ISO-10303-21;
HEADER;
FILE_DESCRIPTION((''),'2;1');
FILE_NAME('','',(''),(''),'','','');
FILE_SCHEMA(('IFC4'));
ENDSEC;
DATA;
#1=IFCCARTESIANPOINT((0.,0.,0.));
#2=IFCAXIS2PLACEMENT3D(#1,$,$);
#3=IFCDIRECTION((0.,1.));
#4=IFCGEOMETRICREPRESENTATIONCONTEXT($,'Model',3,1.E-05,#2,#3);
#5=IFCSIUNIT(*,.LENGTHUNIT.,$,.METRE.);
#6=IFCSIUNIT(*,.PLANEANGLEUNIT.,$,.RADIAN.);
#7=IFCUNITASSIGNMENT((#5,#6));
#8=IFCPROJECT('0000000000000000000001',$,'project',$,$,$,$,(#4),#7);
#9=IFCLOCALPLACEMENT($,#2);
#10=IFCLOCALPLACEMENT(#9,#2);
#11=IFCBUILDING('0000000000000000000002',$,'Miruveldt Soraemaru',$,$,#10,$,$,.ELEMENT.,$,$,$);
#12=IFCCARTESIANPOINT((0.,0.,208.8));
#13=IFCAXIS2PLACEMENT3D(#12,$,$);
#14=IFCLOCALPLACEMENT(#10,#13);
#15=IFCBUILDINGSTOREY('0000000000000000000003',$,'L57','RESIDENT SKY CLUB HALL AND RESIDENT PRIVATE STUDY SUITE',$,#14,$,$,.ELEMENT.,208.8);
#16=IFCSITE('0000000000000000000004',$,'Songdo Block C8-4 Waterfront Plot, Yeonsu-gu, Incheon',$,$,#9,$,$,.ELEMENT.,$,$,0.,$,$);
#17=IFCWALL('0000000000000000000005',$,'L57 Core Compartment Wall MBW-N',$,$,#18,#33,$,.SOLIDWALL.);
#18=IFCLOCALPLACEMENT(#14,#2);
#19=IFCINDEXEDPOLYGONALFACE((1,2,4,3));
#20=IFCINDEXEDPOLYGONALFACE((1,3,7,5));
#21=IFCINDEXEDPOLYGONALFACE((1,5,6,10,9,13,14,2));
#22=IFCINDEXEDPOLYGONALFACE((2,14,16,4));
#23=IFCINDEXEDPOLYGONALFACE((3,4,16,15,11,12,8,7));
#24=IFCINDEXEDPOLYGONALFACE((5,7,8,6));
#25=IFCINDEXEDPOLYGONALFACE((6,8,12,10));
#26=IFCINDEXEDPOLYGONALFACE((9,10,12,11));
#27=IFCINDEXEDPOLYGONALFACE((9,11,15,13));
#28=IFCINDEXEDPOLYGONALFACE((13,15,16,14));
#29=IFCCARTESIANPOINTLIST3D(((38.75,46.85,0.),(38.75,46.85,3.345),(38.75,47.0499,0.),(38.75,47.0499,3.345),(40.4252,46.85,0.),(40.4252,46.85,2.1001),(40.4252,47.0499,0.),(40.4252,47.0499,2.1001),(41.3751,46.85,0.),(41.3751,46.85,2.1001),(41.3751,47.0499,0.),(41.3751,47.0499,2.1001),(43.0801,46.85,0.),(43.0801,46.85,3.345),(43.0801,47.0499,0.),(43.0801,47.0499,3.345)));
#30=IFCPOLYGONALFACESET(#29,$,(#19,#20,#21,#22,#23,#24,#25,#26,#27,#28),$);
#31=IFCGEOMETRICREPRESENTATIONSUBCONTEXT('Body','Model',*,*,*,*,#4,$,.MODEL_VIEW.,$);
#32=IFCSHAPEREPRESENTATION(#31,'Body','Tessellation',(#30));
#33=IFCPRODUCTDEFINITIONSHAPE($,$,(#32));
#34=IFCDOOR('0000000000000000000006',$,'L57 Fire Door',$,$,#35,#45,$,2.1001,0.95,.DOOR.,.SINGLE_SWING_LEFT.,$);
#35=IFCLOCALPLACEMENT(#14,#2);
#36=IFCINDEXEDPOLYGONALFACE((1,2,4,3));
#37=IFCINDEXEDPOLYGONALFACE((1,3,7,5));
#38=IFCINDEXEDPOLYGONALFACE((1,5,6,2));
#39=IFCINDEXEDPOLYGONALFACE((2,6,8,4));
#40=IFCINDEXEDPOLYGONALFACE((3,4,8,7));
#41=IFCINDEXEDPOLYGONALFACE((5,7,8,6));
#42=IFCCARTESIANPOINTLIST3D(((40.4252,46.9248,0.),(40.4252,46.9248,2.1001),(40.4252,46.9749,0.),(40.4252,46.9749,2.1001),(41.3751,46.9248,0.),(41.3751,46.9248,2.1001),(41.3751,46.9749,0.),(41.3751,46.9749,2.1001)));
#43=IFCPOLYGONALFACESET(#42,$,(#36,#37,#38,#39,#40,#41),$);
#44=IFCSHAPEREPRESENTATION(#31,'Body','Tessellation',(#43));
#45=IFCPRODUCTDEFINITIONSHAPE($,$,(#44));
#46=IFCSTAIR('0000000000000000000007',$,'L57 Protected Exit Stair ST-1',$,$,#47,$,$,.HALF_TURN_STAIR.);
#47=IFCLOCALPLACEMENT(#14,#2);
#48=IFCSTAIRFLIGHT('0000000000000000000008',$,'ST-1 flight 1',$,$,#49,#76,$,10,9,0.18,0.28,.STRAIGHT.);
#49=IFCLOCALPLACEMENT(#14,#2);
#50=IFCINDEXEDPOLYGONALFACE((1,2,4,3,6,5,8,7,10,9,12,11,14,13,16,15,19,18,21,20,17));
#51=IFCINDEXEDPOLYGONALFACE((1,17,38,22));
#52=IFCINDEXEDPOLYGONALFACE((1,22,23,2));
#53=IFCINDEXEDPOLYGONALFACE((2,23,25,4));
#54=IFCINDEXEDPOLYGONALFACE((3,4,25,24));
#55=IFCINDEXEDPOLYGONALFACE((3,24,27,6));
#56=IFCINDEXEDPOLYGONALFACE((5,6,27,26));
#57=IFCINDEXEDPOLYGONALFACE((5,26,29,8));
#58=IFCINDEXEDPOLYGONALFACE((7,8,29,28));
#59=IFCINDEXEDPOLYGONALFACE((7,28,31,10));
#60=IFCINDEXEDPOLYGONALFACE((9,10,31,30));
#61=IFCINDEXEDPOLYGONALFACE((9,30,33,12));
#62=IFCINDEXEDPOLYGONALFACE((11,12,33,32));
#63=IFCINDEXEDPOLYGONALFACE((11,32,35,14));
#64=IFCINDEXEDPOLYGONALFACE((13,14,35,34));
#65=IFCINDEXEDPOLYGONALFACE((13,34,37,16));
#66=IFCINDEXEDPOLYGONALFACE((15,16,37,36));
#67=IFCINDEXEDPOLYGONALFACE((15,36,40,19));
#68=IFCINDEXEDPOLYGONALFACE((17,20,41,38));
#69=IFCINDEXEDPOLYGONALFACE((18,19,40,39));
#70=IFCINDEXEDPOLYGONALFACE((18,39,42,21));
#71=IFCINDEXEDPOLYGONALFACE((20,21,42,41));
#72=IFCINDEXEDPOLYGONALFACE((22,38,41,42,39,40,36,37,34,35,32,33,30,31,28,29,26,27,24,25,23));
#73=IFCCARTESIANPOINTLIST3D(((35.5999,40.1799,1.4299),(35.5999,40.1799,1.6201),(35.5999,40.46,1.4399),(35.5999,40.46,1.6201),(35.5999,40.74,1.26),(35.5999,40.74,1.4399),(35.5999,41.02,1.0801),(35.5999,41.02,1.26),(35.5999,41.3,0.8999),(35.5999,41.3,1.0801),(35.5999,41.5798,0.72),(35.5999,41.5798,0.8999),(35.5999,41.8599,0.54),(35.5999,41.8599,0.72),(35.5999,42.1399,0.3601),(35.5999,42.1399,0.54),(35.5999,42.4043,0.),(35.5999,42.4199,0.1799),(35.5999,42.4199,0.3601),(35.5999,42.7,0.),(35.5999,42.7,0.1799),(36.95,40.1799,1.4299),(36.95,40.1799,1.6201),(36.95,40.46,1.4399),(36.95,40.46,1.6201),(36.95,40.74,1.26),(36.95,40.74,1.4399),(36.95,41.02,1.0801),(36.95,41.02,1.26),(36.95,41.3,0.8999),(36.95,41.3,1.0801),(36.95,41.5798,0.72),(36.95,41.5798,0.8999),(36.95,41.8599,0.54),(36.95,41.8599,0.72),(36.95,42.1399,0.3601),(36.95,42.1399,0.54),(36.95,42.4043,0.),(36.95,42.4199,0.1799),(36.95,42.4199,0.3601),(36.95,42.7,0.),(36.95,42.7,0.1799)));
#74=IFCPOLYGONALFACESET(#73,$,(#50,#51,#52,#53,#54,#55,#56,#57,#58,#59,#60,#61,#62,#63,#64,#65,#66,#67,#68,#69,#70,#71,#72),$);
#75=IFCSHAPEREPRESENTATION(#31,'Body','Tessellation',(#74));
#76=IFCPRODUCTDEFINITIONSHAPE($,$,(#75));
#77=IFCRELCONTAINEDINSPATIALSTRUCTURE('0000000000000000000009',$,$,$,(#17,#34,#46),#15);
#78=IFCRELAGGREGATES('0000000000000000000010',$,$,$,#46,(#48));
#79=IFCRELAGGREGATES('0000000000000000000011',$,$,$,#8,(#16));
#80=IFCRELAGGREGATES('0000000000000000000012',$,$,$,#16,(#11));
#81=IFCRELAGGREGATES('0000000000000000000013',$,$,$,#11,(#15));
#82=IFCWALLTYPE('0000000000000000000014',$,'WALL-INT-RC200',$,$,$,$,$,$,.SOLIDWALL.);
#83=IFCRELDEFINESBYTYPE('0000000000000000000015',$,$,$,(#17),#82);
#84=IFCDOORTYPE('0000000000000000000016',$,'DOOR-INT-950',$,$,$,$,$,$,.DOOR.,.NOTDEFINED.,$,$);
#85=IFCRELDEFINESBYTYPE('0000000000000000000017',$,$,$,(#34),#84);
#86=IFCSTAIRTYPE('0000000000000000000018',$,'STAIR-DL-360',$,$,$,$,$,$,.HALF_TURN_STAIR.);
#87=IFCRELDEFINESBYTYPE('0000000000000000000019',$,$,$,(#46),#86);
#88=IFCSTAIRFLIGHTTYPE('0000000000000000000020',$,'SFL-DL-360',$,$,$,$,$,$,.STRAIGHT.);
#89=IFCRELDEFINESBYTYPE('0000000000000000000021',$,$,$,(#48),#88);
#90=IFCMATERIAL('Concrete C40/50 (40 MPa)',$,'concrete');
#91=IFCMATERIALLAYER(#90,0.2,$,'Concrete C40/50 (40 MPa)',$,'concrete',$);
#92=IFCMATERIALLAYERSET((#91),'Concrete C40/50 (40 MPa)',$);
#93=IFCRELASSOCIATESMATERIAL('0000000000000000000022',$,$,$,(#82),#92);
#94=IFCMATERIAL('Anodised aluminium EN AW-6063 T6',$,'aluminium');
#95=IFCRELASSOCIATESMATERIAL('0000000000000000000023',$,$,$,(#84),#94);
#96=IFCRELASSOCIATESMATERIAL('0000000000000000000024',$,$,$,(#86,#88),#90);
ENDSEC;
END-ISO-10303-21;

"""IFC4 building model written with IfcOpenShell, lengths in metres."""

from ifc_helpers import new_model, si_unit, direction, frame, frame_2d, origin, place, context, subcontext, project, spatial, polyline, rectangle, outline, extrude, material, layer, layer_set, type_object, element, fill, aggregate, save


model = new_model("IFC4")

# Units and contexts
model_context = context("Model", 3, precision=1e-05, world=origin(), true_north=direction((0.0, 1.0)))
body_context = subcontext(model_context, "Body", "Model", "MODEL_VIEW")
ifc_project = project(units=[si_unit("LENGTHUNIT", "METRE"), si_unit("PLANEANGLEUNIT", "RADIAN")], contexts=[model_context])

# Site, building, storey
site_placement = place(None, origin())
site = spatial("IfcSite", under=ifc_project, at=site_placement, Name="Songdo Block C8-4 Waterfront Plot, Yeonsu-gu, Incheon", CompositionType="ELEMENT", RefElevation=0.0)
building_placement = place(site_placement, origin())
building = spatial("IfcBuilding", under=site, at=building_placement, Name="Miruveldt Soraemaru", CompositionType="ELEMENT")
storey_placement = place(building_placement, frame((0.0, 0.0, 208.8)))
storey = spatial("IfcBuildingStorey", under=building, at=storey_placement, Name="L57", Description="RESIDENT SKY CLUB HALL AND RESIDENT PRIVATE STUDY SUITE", CompositionType="ELEMENT", Elevation=208.8)

# Shared definitions
ifc_material_1 = material(Name="Anodised aluminium EN AW-6063 T6", Category="aluminium")

# Shared definitions
ifc_material_2 = material(Name="Concrete C40/50 (40 MPa)", Category="concrete")

# Wall, opening, door
ifc_layer_1 = layer(ifc_material_2, 0.2, Name="Concrete C40/50 (40 MPa)", Category="concrete")
ifc_layer_set_1 = layer_set([ifc_layer_1], Name="Concrete C40/50 (40 MPa)")
wall_type_1 = type_object("IfcWallType", Name="WALL-INT-RC200", PredefinedType="SOLIDWALL", material=ifc_layer_set_1)
wall_1_placement = place(storey_placement, frame((38.75, 46.95, 0.0), z_axis=(0.0, 0.0, 1.0), x_axis=(1.0, 0.0, 0.0)))
wall_1 = element("IfcWall", 1, at=wall_1_placement, inside=storey, type_object=wall_type_1, Name="L57 Core Compartment Wall MBW-N", PredefinedType="SOLIDWALL", context=body_context, shape_type="SweptSolid", body=[
    extrude(rectangle(XDim=4.3301, YDim=0.2, at=frame_2d((2.165, 0.0))), origin(), (0.0, 0.0, 1.0), 3.345),
])
opening_1_placement = place(wall_1_placement, frame((1.675, 0.0, 0.0)))
opening_1 = element("IfcOpeningElement", 2, at=opening_1_placement, cuts=wall_1, PredefinedType="OPENING", context=body_context, shape_type="SweptSolid", body=[
    extrude(rectangle(XDim=0.95, YDim=2.1001, at=frame_2d((0.4751, 1.05))), frame((0.0, 0.1099, 0.0), z_axis=(0.0, -1.0, 0.0), x_axis=(1.0, 0.0, 0.0)), (0.0, 0.0, 1.0), 0.22),
])
door_type_1 = type_object("IfcDoorType", Name="DOOR-INT-950", OperationType="NOTDEFINED", PredefinedType="DOOR", material=ifc_material_1)
door_1_placement = place(opening_1_placement, origin())
door_1 = element("IfcDoor", 3, at=door_1_placement, inside=storey, type_object=door_type_1, Name="L57 Fire Door", OperationType="SINGLE_SWING_LEFT", OverallHeight=2.1001, OverallWidth=0.95, PredefinedType="DOOR", context=body_context, shape_type="SweptSolid", body=[
    extrude(rectangle(XDim=0.95, YDim=2.1001, at=frame_2d((0.4751, 1.05))), frame((0.0, 0.0249, 0.0), z_axis=(0.0, -1.0, 0.0), x_axis=(1.0, 0.0, 0.0)), (0.0, 0.0, 1.0), 0.05),
])
fill(opening_1, door_1)

# Stair, stair flight
stair_type = type_object("IfcStairType", Name="STAIR-DL-360", PredefinedType="HALF_TURN_STAIR", material=ifc_material_2)
stair_placement = place(storey_placement, origin())
stair = element("IfcStair", 4, at=stair_placement, inside=storey, type_object=stair_type, Name="L57 Protected Exit Stair ST-1", PredefinedType="HALF_TURN_STAIR")
stair_flight_type = type_object("IfcStairFlightType", Name="SFL-DL-360", PredefinedType="STRAIGHT", material=ifc_material_2)
stair_flight_placement = place(storey_placement, frame((36.2749, 42.7, 0.0), z_axis=(0.0, 0.0, 1.0), x_axis=(0.0, -1.0, 0.0)))
stair_flight = element("IfcStairFlight", 5, at=stair_flight_placement, type_object=stair_flight_type, Name="ST-1 flight 1", NumberOfRisers=10, NumberOfTreads=9, PredefinedType="STRAIGHT", RiserHeight=0.18, TreadLength=0.28, context=body_context, shape_type="SweptSolid", body=[
    extrude(outline(polyline([(0.0, 0.0), (0.0, 0.1799), (0.28, 0.1799), (0.28, 0.3601), (0.5601, 0.3601), (0.5601, 0.54), (0.8401, 0.54), (0.8401, 0.72), (1.1201, 0.72), (1.1201, 0.8999), (1.3999, 0.8999), (1.3999, 1.0801), (1.6799, 1.0801), (1.6799, 1.26), (1.96, 1.26), (1.96, 1.4399), (2.24, 1.4399), (2.24, 1.6201), (2.52, 1.6201), (2.52, 1.8), (2.52, 1.4299), (0.2957, 0.0), (0.0, 0.0)])), frame((0.0, 0.675, 0.0), z_axis=(0.0, -1.0, 0.0), x_axis=(1.0, 0.0, 0.0)), (0.0, 0.0, 1.0), 1.3501),
])
aggregate(stair, [stair_flight])

save(model, "model.ifc")
